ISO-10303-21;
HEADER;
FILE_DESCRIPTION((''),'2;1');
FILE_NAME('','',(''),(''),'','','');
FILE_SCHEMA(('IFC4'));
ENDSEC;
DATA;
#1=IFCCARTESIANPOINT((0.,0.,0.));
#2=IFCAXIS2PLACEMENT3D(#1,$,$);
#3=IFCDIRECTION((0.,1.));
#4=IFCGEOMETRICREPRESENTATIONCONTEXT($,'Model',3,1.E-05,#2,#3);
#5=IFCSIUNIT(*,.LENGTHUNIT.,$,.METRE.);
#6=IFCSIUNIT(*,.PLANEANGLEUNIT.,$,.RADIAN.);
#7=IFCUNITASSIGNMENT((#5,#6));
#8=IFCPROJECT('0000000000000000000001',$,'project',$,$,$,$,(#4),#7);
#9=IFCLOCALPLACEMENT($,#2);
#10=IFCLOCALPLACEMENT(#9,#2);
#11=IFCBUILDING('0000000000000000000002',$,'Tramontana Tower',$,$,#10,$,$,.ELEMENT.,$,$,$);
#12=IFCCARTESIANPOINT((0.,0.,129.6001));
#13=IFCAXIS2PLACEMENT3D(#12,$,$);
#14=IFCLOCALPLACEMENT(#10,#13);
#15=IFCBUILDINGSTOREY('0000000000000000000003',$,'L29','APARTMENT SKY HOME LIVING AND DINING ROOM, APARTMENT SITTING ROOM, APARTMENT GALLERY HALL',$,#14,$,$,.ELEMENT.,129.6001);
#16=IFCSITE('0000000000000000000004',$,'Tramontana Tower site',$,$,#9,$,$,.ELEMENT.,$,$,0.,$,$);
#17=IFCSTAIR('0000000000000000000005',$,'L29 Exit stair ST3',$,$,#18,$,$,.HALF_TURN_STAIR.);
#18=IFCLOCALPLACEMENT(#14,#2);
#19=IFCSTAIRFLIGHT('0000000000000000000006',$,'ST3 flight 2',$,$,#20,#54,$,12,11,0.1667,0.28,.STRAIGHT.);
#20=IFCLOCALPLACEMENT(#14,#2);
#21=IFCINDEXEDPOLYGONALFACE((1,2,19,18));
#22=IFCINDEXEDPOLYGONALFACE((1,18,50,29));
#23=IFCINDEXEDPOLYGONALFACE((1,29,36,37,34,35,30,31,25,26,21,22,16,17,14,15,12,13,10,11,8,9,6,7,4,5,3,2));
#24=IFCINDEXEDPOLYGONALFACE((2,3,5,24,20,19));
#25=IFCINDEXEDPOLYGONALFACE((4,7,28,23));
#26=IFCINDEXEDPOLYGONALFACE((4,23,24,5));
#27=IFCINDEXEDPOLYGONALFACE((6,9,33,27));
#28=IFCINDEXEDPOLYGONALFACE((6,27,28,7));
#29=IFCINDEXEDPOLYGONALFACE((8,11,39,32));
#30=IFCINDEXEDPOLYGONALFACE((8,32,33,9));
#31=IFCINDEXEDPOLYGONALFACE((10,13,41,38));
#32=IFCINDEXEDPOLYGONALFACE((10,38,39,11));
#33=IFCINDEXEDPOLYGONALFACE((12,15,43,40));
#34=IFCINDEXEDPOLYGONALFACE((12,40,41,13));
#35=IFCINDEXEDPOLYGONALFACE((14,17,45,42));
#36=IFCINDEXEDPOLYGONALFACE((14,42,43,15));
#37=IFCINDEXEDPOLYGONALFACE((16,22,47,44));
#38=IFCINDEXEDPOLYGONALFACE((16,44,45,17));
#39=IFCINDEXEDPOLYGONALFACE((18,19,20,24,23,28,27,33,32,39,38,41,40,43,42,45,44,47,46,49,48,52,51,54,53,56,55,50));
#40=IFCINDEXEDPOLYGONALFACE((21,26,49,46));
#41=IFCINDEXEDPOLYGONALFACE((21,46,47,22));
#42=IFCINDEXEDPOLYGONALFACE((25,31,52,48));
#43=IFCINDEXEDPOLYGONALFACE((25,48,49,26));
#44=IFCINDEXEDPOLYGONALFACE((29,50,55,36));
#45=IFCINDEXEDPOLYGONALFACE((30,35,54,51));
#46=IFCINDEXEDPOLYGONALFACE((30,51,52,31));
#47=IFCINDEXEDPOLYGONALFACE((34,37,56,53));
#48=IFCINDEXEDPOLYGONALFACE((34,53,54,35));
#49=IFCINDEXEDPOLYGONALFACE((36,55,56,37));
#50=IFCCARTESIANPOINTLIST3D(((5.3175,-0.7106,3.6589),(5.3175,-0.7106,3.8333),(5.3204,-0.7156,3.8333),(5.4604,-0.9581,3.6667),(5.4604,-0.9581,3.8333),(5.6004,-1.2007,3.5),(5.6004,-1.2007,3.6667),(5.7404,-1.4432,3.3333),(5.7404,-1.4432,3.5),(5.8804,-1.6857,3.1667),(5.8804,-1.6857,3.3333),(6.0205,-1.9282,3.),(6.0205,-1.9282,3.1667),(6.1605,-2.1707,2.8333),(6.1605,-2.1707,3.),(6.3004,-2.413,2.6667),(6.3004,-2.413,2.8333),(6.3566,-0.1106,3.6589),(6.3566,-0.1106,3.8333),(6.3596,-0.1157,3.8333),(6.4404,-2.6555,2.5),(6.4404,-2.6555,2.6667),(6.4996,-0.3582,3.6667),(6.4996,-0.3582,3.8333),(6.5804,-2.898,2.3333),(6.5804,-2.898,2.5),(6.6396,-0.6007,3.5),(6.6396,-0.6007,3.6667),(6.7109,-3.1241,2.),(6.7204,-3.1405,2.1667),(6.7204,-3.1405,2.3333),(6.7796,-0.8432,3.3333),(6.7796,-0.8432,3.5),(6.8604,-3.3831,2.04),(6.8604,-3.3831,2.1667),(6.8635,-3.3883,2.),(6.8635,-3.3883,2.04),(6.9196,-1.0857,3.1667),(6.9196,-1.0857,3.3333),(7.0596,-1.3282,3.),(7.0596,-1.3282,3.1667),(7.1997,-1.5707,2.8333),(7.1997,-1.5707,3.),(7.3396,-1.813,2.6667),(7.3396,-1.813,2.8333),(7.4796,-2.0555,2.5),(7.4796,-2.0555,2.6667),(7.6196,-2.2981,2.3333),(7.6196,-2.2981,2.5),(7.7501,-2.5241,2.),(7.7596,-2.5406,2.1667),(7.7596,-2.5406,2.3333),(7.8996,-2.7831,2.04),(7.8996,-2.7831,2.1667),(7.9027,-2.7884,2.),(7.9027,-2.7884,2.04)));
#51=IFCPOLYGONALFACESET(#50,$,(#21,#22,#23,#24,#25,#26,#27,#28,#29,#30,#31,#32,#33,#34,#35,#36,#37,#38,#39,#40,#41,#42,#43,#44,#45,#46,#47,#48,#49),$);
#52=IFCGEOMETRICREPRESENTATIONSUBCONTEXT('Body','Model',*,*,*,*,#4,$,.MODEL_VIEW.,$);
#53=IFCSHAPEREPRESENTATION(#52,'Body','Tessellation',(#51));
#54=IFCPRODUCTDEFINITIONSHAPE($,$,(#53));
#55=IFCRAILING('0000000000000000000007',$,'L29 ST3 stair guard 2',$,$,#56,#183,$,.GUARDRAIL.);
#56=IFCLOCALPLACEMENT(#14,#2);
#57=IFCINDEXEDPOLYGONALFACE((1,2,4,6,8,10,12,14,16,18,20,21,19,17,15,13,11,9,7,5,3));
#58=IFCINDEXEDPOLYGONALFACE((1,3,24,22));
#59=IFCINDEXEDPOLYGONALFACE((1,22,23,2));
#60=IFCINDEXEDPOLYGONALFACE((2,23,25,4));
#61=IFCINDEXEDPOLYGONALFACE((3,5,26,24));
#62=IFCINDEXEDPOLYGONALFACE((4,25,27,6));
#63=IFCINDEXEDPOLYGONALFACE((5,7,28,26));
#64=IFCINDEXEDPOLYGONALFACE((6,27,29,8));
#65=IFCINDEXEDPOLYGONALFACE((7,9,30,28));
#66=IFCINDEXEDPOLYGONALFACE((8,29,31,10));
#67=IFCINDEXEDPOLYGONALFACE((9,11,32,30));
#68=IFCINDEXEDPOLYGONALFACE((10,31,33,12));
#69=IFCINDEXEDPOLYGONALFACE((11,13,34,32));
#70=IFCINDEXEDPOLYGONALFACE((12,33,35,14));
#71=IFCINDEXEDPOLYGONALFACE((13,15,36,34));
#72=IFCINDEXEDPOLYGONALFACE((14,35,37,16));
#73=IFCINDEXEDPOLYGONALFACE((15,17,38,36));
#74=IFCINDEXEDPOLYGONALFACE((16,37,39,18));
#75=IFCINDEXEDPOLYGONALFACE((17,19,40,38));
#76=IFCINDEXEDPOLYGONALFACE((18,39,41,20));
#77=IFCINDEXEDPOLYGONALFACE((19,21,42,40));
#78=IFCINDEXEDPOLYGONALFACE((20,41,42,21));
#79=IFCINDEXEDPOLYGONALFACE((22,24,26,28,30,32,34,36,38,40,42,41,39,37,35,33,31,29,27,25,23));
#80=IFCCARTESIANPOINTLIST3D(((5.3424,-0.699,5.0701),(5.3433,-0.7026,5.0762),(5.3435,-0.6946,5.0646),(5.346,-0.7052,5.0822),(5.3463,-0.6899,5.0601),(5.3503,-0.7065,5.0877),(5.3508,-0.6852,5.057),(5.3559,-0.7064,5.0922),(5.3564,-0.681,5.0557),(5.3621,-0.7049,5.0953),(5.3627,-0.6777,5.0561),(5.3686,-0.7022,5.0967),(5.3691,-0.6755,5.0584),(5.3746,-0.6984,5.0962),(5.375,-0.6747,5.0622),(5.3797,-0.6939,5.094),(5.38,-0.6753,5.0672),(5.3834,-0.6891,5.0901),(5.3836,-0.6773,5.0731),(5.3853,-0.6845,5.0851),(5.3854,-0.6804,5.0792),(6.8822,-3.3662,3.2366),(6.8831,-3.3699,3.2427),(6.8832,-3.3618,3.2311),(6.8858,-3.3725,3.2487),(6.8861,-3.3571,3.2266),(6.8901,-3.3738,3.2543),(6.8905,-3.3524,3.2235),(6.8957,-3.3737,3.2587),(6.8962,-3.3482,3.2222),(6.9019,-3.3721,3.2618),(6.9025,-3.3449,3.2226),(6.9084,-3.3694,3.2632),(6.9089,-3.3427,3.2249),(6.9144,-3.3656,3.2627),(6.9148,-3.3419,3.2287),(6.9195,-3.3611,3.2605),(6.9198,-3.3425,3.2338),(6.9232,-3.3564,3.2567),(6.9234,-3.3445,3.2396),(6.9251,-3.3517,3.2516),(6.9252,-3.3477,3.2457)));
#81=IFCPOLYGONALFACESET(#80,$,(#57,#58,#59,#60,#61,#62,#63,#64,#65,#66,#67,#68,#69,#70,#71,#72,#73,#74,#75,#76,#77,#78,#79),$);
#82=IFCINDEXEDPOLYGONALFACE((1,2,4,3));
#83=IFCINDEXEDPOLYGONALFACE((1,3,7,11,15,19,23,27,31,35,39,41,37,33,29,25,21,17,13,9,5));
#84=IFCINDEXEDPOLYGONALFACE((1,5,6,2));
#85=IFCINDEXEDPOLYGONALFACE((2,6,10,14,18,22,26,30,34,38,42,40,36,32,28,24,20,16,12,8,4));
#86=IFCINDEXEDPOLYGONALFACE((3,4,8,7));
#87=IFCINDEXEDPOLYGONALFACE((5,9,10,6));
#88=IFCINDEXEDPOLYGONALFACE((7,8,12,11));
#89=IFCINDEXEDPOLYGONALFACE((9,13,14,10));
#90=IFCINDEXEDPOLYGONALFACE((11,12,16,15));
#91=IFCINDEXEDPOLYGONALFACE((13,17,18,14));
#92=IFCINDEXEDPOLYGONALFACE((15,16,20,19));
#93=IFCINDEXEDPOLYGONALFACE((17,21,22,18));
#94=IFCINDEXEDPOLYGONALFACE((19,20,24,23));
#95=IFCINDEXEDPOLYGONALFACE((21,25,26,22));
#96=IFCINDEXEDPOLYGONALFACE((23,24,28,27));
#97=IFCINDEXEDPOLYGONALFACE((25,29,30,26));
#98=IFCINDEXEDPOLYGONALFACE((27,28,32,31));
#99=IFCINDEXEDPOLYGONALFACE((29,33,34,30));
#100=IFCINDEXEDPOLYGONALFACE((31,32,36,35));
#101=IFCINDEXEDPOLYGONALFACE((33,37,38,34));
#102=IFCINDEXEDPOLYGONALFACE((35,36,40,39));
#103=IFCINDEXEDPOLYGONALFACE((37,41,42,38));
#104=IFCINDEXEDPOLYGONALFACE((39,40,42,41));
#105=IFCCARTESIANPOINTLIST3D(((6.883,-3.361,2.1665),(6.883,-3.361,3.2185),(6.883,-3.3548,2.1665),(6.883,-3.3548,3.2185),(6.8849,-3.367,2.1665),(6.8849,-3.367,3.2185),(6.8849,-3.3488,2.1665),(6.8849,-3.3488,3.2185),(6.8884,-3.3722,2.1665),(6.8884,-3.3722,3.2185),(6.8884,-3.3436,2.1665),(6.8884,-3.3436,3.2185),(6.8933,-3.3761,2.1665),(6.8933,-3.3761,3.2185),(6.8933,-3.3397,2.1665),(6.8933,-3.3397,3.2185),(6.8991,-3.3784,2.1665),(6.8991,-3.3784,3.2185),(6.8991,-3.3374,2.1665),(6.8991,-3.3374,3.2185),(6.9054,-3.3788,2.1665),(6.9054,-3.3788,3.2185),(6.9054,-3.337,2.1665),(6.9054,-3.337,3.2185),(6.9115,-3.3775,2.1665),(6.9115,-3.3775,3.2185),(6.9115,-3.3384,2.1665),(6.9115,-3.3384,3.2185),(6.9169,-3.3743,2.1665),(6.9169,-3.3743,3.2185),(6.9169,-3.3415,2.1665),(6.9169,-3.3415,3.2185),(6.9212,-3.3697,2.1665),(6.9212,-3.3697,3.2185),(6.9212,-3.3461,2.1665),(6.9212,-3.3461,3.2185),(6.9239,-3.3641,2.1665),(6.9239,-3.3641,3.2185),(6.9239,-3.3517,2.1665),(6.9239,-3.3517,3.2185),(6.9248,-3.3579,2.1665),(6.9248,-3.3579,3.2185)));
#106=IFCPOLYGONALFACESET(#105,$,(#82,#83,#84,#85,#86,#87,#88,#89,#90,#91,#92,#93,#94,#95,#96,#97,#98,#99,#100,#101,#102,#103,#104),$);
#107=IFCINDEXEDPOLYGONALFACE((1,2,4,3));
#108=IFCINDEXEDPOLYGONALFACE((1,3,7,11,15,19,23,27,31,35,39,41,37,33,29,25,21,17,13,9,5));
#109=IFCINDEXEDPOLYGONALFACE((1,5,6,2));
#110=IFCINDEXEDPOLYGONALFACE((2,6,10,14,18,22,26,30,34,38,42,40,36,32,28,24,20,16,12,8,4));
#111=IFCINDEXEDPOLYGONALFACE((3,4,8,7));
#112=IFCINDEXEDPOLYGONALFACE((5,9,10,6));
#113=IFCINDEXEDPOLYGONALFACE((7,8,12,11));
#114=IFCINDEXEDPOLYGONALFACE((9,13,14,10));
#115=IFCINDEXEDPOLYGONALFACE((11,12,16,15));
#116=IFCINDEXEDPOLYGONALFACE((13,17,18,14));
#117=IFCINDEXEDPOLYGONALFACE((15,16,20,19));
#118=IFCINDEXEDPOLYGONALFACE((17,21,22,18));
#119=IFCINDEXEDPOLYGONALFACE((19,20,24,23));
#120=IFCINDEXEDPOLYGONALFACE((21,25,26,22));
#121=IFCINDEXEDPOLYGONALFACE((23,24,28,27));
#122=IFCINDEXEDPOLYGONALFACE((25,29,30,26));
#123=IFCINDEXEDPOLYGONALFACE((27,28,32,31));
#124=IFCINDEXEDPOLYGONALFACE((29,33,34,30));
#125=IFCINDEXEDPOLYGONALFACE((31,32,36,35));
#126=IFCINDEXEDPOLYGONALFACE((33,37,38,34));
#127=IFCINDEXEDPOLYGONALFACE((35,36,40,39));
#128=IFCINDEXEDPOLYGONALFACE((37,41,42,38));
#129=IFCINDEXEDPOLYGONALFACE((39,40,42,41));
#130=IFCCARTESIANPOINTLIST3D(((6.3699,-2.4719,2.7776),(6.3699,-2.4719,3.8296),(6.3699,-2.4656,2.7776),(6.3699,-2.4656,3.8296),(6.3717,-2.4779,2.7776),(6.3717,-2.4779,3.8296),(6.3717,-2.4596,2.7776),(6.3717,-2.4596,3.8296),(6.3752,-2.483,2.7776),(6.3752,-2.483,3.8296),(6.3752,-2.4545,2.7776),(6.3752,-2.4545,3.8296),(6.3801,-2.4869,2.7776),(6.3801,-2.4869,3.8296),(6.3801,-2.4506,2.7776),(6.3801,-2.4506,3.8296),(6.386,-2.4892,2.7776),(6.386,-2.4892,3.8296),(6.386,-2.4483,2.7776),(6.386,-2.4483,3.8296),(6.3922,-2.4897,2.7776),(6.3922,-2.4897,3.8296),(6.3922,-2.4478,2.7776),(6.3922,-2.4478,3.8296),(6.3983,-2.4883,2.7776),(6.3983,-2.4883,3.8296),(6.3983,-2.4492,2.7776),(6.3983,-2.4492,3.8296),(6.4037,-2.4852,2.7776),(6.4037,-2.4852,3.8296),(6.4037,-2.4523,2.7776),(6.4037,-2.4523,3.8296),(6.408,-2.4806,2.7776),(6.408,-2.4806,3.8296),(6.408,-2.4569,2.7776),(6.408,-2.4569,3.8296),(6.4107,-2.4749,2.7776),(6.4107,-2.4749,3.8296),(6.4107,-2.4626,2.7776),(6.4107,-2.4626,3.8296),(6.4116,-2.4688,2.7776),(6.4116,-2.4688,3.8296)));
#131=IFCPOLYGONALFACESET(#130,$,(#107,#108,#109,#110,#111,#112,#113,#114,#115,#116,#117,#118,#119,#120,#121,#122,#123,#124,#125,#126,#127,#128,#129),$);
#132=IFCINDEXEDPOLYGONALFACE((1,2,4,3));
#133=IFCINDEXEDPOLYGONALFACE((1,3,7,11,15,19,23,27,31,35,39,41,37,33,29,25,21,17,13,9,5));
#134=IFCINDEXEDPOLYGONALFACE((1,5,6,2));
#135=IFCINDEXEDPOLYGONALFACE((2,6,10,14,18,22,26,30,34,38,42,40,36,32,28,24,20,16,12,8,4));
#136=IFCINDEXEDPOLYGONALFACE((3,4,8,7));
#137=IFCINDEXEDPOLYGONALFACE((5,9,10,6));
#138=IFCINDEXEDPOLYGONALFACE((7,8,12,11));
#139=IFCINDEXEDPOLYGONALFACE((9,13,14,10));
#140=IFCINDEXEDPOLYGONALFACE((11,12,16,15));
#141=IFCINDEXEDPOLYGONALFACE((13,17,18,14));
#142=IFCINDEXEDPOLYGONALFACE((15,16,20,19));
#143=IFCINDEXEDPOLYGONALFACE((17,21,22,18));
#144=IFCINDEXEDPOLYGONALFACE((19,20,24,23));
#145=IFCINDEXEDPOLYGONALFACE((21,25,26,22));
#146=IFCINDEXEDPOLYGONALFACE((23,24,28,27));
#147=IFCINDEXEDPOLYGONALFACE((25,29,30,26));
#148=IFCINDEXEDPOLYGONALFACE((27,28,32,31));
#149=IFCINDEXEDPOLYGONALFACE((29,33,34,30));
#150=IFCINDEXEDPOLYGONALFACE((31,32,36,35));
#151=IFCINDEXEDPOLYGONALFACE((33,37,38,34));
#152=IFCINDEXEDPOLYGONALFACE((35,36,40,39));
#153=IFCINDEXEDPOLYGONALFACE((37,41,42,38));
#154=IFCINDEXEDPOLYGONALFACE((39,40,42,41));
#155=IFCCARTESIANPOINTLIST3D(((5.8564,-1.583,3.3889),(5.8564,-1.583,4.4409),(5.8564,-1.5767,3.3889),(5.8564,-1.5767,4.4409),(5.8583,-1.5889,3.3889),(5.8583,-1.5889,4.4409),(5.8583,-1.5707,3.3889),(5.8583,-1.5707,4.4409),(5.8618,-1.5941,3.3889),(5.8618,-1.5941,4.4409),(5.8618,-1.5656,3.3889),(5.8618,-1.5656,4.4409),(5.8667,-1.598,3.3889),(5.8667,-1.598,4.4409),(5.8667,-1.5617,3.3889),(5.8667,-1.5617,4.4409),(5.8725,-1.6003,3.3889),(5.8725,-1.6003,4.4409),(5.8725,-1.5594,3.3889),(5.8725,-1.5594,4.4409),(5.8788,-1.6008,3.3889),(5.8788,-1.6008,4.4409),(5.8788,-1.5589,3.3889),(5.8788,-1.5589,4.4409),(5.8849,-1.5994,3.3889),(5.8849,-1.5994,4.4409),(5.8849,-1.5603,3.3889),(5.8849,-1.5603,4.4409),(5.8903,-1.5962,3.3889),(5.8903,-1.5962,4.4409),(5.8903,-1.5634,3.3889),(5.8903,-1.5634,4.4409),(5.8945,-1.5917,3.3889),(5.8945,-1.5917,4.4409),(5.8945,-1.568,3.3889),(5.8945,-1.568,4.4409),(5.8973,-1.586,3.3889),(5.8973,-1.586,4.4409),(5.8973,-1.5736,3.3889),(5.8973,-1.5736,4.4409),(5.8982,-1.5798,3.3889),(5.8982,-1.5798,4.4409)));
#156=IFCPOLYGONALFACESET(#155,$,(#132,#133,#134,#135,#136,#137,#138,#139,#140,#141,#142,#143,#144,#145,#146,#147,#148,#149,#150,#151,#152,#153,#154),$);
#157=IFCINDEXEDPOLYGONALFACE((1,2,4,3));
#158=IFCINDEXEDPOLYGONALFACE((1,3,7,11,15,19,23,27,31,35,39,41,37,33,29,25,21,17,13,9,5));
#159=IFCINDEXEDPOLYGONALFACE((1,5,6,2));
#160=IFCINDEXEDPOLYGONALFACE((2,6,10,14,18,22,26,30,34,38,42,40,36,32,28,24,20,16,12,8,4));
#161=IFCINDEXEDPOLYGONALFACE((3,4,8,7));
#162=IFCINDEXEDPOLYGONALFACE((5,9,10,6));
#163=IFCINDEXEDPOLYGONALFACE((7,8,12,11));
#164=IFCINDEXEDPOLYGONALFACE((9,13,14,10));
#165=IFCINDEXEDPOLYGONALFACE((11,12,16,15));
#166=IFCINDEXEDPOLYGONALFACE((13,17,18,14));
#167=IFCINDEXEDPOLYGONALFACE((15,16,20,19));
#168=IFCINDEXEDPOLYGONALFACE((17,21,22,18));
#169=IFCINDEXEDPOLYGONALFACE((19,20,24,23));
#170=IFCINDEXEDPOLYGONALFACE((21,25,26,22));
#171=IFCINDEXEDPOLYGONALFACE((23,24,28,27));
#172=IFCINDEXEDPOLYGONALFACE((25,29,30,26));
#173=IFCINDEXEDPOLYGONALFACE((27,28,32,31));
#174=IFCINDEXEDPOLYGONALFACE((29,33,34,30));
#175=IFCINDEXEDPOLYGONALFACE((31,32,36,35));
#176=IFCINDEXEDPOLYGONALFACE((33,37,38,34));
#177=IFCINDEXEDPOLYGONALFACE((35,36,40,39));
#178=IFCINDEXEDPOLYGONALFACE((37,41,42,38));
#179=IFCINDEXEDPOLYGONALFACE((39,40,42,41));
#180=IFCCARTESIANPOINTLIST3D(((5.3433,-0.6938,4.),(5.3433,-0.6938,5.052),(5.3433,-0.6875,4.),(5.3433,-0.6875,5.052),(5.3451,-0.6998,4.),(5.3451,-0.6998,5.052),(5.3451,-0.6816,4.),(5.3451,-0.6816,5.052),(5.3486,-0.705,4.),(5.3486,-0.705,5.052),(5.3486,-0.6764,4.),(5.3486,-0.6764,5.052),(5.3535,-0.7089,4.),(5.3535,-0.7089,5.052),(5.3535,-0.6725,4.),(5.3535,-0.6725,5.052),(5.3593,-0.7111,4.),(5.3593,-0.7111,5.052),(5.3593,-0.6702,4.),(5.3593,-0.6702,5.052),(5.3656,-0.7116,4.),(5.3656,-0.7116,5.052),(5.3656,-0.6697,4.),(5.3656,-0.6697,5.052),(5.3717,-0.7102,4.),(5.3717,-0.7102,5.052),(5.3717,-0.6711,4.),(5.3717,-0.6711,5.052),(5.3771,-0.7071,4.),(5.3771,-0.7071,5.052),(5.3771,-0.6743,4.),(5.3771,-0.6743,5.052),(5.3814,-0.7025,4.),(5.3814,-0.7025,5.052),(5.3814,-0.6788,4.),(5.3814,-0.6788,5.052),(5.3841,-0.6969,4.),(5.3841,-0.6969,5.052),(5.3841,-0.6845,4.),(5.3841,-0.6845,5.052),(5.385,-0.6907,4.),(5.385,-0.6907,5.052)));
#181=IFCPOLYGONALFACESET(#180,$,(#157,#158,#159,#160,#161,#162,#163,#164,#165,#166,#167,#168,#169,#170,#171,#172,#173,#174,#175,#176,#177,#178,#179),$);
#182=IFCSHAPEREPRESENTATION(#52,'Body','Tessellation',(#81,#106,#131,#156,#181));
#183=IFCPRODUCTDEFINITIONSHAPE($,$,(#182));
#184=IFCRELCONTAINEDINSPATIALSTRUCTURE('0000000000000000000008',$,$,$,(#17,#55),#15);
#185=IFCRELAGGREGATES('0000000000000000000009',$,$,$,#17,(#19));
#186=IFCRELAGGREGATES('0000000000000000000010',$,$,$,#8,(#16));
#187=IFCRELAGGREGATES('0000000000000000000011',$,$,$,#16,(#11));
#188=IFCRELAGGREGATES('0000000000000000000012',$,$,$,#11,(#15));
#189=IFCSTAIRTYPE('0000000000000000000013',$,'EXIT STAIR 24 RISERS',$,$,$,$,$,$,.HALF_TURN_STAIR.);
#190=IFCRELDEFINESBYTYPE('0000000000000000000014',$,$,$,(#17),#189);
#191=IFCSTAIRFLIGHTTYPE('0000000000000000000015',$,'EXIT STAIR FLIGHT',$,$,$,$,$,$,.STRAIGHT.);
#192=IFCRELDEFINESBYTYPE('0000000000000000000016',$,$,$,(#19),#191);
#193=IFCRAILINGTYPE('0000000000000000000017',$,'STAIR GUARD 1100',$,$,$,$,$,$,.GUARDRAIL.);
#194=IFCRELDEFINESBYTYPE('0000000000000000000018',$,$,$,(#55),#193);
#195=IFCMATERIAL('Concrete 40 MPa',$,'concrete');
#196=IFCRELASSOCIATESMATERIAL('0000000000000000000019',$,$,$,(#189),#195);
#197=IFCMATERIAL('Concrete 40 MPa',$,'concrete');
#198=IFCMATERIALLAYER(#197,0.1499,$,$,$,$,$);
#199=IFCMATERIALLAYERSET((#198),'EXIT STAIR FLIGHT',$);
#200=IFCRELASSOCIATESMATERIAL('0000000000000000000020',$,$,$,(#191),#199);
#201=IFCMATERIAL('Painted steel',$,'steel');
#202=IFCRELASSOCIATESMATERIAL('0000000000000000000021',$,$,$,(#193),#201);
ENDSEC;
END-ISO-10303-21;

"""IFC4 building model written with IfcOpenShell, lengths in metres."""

from ifc_helpers import new_model, si_unit, direction, frame, origin, origin_2d, place, context, subcontext, project, spatial, polyline, circle, outline, extrude, material, layer, layer_set, type_object, element, aggregate, save


model = new_model("IFC4")

# Units and contexts
model_context = context("Model", 3, precision=1e-05, world=origin(), true_north=direction((0.0, 1.0)))
body_context = subcontext(model_context, "Body", "Model", "MODEL_VIEW")
ifc_project = project(units=[si_unit("LENGTHUNIT", "METRE"), si_unit("PLANEANGLEUNIT", "RADIAN")], contexts=[model_context])

# Site, building, storey
site_placement = place(None, origin())
site = spatial("IfcSite", under=ifc_project, at=site_placement, Name="Tramontana Tower site", CompositionType="ELEMENT", RefElevation=0.0)
building_placement = place(site_placement, origin())
building = spatial("IfcBuilding", under=site, at=building_placement, Name="Tramontana Tower", CompositionType="ELEMENT")
storey_placement = place(building_placement, frame((0.0, 0.0, 129.6001)))
storey = spatial("IfcBuildingStorey", under=building, at=storey_placement, Name="L29", Description="APARTMENT SKY HOME LIVING AND DINING ROOM, APARTMENT SITTING ROOM, APARTMENT GALLERY HALL", CompositionType="ELEMENT", Elevation=129.6001)

# Stair, stair flight
ifc_material_1 = material(Name="Concrete 40 MPa", Category="concrete")
stair_type = type_object("IfcStairType", Name="EXIT STAIR 24 RISERS", PredefinedType="HALF_TURN_STAIR", material=ifc_material_1)
stair_placement = place(storey_placement, origin())
stair = element("IfcStair", 1, at=stair_placement, inside=storey, type_object=stair_type, Name="L29 Exit stair ST3", PredefinedType="HALF_TURN_STAIR")
ifc_material_2 = material(Name="Concrete 40 MPa", Category="concrete")
ifc_layer_1 = layer(ifc_material_2, 0.1499)
ifc_layer_set_1 = layer_set([ifc_layer_1], Name="EXIT STAIR FLIGHT")
stair_flight_type = type_object("IfcStairFlightType", Name="EXIT STAIR FLIGHT", PredefinedType="STRAIGHT", material=ifc_layer_set_1)
stair_flight_placement = place(storey_placement, frame((7.3801, -3.083, 2.0), z_axis=(0.0, 0.0, 1.0), x_axis=(-0.5, 0.866025, 0.0)))
stair_flight = element("IfcStairFlight", 2, at=stair_flight_placement, type_object=stair_flight_type, Name="ST3 flight 2", NumberOfRisers=12, NumberOfTreads=11, PredefinedType="STRAIGHT", RiserHeight=0.1667, TreadLength=0.28, context=body_context, shape_type="SweptSolid", body=[
    extrude(outline(polyline([(-0.0061, 0.0), (-0.0061, 0.04), (0.0, 0.04), (0.0, 0.1667), (0.28, 0.1667), (0.28, 0.3333), (0.5601, 0.3333), (0.5601, 0.5), (0.8401, 0.5), (0.8401, 0.6667), (1.1201, 0.6667), (1.1201, 0.8333), (1.3999, 0.8333), (1.3999, 1.0), (1.6799, 1.0), (1.6799, 1.1667), (1.96, 1.1667), (1.96, 1.3333), (2.24, 1.3333), (2.24, 1.5), (2.52, 1.5), (2.52, 1.6667), (2.8, 1.6667), (2.8, 1.8333), (3.0801, 1.8333), (3.0859, 1.8333), (3.0859, 1.6589), (0.2991, 0.0), (-0.0061, 0.0)])), frame((0.0, 0.6001, 0.0), z_axis=(0.0, -1.0, 0.0), x_axis=(1.0, 0.0, 0.0)), (0.0, 0.0, 1.0), 1.2),
])
aggregate(stair, [stair_flight])

# Railing
ifc_material_3 = material(Name="Painted steel", Category="steel")
railing_type_1 = type_object("IfcRailingType", Name="STAIR GUARD 1100", PredefinedType="GUARDRAIL", material=ifc_material_3)
railing_1_placement = place(storey_placement, frame((6.9038, -3.3579, 2.1665)))
element("IfcRailing", 3, at=railing_1_placement, inside=storey, type_object=railing_type_1, Name="L29 ST3 stair guard 2", PredefinedType="GUARDRAIL", context=body_context, shape_type="SweptSolid", body=[
    extrude(circle(Radius=0.0239, at=origin_2d()), frame((0.0, 0.0, 1.0762), z_axis=(-0.429601, 0.744155, 0.511543), x_axis=(-0.866044, -0.499967, 0.0)), (0.0, 0.0, 1.0), 3.5842),
    extrude(circle(Radius=0.021, at=origin_2d()), origin(), (0.0, 0.0, 1.0), 1.052),
    extrude(circle(Radius=0.021, at=origin_2d()), frame((-0.5132, 0.8892, 0.6111)), (0.0, 0.0, 1.0), 1.052),
    extrude(circle(Radius=0.021, at=origin_2d()), frame((-1.0266, 1.7781, 1.2224)), (0.0, 0.0, 1.0), 1.052),
    extrude(circle(Radius=0.021, at=origin_2d()), frame((-1.5398, 2.6672, 1.8335)), (0.0, 0.0, 1.0), 1.052),
])

save(model, "model.ifc")
